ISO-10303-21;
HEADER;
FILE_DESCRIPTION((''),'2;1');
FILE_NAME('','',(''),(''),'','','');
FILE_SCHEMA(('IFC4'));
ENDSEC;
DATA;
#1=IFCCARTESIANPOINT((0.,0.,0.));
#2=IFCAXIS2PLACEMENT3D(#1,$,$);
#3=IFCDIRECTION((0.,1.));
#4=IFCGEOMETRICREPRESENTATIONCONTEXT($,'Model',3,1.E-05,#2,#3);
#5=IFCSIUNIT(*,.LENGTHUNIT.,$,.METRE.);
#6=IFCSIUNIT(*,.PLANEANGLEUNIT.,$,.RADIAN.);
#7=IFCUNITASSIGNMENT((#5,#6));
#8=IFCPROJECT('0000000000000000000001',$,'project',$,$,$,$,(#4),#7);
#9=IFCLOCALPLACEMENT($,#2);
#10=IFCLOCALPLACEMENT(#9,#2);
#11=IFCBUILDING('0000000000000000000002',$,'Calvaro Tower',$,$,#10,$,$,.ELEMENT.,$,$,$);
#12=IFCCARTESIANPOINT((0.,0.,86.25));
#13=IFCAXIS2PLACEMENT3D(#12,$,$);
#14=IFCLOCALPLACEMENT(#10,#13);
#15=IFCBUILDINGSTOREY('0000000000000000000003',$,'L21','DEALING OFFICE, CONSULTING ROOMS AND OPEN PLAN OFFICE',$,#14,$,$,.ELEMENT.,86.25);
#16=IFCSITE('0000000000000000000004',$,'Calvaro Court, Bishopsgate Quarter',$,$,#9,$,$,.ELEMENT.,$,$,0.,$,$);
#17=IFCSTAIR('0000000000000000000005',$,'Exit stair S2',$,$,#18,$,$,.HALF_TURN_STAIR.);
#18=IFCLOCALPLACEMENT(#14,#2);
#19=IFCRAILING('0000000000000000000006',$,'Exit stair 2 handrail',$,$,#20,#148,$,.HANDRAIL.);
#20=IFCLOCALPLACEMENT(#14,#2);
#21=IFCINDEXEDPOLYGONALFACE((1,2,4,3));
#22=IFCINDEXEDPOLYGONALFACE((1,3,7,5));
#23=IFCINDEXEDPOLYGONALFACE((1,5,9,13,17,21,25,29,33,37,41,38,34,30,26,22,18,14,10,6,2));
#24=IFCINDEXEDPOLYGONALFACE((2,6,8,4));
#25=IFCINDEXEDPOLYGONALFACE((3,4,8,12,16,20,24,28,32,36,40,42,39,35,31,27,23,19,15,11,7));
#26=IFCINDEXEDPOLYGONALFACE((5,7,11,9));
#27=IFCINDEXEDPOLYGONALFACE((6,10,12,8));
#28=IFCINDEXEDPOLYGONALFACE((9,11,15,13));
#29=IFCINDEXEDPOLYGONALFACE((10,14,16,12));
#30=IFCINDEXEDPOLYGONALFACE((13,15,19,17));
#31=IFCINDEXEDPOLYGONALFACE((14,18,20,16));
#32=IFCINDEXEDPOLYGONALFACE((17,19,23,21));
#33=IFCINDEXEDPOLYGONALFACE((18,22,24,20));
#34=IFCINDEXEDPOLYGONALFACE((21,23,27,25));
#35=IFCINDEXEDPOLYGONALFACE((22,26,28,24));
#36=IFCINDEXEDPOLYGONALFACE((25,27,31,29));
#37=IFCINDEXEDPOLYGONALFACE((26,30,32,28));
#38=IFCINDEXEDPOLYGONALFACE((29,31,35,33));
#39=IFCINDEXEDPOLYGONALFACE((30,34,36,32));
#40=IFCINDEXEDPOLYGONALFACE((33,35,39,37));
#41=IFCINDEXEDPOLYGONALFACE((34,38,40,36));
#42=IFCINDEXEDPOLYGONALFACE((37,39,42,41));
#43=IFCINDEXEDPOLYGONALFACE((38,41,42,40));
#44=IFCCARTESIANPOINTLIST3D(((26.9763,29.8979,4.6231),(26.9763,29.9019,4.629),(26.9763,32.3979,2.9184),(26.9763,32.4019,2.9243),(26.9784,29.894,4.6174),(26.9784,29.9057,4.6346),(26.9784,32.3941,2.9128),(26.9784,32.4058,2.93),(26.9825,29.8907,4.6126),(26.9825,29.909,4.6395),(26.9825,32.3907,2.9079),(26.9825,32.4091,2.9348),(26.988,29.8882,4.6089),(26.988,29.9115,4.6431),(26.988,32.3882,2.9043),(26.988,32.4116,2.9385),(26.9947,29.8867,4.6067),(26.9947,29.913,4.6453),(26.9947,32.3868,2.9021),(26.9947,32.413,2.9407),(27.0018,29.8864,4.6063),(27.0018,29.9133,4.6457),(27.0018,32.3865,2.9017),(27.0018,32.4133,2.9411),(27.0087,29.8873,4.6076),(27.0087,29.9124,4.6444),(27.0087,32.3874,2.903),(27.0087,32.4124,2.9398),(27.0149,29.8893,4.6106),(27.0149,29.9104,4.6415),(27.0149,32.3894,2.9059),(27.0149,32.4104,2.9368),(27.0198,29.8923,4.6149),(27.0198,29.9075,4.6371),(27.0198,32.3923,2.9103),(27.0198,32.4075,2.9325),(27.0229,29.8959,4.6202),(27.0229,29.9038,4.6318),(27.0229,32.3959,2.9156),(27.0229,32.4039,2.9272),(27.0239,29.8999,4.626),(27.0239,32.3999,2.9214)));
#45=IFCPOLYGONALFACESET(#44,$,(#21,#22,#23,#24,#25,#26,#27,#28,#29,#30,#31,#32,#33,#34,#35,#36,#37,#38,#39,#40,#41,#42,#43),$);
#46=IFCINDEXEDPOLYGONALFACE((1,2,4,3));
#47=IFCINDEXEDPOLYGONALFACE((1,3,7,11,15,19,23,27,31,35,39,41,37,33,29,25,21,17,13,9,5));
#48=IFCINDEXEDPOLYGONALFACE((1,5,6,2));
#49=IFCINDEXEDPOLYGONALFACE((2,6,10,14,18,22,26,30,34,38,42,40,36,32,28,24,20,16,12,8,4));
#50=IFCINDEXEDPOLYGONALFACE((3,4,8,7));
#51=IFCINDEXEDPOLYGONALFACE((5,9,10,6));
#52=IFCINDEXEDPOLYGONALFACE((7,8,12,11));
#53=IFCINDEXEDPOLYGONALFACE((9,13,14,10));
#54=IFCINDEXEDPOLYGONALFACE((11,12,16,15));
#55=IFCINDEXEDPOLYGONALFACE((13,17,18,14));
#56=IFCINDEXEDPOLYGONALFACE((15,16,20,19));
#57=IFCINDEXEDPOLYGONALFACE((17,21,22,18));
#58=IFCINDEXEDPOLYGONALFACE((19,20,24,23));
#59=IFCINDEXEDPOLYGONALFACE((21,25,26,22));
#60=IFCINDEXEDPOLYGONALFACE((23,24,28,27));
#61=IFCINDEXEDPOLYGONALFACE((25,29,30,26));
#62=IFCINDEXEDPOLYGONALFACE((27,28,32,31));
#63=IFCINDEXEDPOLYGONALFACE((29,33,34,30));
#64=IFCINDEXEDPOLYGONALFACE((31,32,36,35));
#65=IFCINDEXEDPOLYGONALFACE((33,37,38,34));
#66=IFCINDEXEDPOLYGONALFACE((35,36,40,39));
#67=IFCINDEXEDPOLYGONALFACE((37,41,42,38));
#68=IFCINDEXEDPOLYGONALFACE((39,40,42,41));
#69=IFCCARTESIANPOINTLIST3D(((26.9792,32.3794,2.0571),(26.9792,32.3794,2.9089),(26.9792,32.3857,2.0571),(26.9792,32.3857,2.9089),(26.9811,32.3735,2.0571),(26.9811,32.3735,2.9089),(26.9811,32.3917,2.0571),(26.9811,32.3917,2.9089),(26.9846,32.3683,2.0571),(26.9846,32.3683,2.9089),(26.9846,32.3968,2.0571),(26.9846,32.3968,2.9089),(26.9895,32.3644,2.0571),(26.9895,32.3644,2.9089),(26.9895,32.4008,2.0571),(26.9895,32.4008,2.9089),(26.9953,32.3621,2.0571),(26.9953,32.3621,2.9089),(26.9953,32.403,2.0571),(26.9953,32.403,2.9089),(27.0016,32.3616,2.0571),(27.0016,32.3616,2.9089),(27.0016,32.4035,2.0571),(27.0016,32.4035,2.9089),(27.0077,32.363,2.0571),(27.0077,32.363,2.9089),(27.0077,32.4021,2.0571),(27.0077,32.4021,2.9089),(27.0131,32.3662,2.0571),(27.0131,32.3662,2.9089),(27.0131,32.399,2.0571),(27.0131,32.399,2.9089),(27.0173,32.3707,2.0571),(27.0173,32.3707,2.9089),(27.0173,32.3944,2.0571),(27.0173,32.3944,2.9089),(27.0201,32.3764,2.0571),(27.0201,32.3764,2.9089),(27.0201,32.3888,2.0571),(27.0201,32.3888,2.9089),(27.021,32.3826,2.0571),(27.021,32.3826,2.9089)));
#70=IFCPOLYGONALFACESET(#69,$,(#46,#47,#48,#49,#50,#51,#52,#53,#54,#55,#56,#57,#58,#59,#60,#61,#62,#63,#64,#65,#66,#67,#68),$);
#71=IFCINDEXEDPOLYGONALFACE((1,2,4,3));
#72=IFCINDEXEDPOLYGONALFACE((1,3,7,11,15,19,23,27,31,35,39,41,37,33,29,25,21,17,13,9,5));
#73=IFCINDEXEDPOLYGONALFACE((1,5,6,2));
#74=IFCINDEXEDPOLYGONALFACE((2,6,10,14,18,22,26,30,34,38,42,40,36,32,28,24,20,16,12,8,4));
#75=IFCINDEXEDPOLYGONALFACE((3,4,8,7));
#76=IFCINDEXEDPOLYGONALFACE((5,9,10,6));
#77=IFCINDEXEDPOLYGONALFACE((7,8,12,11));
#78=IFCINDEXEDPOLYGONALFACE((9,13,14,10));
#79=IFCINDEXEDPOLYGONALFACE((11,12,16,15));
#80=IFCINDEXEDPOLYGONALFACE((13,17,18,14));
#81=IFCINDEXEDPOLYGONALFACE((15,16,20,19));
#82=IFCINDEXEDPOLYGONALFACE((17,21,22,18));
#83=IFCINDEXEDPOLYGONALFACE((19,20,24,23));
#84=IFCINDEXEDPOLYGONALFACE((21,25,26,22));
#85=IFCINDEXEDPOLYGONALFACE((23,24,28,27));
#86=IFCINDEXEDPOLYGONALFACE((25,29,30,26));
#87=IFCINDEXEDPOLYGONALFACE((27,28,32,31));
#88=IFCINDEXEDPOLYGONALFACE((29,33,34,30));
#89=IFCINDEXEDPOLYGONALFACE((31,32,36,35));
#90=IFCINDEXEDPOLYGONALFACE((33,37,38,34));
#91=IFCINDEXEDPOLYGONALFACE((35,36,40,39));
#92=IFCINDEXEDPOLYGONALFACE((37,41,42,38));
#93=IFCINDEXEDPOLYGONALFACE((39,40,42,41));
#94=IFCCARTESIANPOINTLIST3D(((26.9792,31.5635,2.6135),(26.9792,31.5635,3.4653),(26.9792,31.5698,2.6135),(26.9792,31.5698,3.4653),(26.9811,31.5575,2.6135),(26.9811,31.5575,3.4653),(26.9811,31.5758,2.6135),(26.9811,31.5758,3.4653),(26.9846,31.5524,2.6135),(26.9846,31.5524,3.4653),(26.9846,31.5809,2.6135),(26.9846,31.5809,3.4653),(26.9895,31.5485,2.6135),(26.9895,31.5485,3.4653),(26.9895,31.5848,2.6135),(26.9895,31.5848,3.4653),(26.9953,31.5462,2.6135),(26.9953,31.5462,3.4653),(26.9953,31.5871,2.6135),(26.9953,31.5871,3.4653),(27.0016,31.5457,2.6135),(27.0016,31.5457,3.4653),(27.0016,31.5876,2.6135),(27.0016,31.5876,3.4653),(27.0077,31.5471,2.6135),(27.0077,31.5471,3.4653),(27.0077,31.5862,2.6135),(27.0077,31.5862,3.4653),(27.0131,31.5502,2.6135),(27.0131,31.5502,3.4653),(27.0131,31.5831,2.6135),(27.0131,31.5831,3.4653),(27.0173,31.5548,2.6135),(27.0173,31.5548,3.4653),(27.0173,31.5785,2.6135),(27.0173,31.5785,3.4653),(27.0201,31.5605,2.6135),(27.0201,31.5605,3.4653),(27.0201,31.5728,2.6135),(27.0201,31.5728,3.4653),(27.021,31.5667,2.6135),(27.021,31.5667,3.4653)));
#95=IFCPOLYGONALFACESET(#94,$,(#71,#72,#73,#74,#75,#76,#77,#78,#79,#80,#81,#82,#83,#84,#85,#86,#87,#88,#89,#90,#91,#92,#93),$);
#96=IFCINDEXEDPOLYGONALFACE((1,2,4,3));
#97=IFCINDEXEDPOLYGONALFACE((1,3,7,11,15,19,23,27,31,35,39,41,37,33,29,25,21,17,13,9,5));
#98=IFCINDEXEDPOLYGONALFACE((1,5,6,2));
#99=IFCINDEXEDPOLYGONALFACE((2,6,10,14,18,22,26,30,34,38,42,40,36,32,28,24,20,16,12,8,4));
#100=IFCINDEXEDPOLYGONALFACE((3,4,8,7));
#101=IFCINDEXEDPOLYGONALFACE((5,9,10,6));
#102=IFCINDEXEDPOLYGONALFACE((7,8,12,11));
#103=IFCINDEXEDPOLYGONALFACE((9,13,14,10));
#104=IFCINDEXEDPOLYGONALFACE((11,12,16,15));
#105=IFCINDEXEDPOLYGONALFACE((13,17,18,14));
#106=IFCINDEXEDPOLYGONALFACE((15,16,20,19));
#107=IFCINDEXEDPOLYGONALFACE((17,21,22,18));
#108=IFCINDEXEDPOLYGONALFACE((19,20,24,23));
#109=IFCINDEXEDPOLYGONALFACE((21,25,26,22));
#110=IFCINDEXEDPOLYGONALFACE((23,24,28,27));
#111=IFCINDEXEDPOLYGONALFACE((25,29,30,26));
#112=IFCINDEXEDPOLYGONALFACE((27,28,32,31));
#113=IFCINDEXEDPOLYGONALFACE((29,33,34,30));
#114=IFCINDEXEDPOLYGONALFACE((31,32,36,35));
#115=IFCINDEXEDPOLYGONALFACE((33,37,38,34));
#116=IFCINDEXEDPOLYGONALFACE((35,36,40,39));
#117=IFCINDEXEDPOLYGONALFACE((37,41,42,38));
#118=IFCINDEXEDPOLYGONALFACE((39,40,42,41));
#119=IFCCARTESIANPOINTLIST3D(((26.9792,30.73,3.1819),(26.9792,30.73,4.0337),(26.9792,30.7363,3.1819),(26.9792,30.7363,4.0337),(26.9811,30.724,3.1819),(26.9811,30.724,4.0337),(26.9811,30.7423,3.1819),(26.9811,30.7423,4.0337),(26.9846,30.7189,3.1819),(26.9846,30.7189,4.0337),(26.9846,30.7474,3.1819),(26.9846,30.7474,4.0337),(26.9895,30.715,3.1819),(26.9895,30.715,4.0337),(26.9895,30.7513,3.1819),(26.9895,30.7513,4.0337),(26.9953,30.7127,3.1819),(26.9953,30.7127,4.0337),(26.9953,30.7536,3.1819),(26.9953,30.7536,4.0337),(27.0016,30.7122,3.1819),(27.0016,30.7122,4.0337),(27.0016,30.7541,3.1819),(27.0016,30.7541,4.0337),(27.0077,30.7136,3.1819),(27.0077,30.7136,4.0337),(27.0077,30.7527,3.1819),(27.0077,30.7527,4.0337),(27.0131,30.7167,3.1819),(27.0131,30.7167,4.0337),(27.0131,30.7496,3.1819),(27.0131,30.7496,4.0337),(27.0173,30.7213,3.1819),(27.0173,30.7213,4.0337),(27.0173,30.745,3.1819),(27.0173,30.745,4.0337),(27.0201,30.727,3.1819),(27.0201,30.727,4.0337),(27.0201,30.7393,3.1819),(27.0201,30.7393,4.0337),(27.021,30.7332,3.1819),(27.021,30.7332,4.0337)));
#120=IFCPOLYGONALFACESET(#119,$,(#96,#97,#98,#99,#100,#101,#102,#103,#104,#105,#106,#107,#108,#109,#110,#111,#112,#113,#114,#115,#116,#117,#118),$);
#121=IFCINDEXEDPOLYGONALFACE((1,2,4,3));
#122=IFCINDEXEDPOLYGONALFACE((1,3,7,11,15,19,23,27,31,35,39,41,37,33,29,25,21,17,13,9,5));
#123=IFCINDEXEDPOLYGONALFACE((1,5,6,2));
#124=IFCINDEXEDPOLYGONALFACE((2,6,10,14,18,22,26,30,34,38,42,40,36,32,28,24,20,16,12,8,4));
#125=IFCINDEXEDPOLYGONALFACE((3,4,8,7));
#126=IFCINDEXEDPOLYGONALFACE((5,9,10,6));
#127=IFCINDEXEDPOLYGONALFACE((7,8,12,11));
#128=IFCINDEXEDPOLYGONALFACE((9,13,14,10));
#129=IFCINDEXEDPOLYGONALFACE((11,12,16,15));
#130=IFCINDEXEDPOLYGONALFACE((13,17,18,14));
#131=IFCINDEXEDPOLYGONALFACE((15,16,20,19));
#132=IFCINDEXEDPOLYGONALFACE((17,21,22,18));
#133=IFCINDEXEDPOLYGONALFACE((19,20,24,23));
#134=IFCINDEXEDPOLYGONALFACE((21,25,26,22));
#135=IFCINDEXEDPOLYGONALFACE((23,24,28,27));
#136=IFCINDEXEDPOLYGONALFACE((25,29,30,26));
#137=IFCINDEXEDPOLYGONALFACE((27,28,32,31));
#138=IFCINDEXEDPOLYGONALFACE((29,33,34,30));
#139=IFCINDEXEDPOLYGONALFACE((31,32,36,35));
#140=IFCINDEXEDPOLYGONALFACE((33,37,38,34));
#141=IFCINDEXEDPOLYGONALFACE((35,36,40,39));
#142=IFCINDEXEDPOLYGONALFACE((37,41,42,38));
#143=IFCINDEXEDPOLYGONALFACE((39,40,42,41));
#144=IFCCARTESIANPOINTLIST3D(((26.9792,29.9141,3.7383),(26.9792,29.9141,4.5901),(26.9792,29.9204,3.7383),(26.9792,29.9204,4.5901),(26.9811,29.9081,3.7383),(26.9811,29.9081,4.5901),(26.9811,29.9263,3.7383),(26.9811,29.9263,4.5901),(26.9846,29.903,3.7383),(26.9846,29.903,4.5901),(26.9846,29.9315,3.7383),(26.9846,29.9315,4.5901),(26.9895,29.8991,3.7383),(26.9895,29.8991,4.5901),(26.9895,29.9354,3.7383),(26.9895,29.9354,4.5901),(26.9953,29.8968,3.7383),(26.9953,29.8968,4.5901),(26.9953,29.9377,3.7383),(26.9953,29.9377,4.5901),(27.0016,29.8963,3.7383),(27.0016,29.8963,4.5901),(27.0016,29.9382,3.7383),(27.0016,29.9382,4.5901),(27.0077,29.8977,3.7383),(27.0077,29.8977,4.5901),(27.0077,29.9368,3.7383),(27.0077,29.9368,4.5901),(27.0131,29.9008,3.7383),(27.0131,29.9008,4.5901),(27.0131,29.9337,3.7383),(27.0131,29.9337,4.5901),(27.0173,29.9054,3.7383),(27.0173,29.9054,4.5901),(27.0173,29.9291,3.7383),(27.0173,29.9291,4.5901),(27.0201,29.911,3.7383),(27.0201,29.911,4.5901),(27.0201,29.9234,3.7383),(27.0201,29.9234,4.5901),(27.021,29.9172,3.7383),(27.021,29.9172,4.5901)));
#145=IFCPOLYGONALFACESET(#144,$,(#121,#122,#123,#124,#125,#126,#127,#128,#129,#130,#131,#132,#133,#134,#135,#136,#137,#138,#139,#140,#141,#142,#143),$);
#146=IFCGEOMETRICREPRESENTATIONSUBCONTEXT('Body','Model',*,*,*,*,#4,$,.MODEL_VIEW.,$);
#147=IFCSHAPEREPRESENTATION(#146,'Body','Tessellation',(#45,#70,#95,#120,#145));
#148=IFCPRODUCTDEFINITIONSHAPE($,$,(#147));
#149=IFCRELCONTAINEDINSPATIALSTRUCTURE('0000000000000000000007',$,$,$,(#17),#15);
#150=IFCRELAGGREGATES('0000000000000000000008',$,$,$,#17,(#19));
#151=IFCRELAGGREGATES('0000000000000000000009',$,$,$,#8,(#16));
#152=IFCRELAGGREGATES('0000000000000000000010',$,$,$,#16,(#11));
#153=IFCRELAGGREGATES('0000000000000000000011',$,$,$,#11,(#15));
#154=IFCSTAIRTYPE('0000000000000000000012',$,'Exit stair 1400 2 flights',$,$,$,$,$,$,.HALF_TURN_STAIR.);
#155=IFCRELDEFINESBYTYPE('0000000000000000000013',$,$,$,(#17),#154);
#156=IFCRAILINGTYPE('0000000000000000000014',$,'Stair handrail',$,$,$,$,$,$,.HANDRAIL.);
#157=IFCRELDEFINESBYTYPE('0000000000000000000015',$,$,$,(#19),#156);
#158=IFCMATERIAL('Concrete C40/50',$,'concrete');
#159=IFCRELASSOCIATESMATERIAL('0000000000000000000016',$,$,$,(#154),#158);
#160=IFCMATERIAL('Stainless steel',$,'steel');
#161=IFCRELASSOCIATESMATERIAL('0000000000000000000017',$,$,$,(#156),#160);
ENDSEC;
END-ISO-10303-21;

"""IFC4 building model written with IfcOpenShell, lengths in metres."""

from ifc_helpers import new_model, si_unit, direction, frame, origin, origin_2d, place, context, subcontext, project, spatial, circle, extrude, material, type_object, element, aggregate, save


model = new_model("IFC4")

# Units and contexts
model_context = context("Model", 3, precision=1e-05, world=origin(), true_north=direction((0.0, 1.0)))
body_context = subcontext(model_context, "Body", "Model", "MODEL_VIEW")
ifc_project = project(units=[si_unit("LENGTHUNIT", "METRE"), si_unit("PLANEANGLEUNIT", "RADIAN")], contexts=[model_context])

# Site, building, storey
site_placement = place(None, origin())
site = spatial("IfcSite", under=ifc_project, at=site_placement, Name="Calvaro Court, Bishopsgate Quarter", CompositionType="ELEMENT", RefElevation=0.0)
building_placement = place(site_placement, origin())
building = spatial("IfcBuilding", under=site, at=building_placement, Name="Calvaro Tower", CompositionType="ELEMENT")
storey_placement = place(building_placement, frame((0.0, 0.0, 86.25)))
storey = spatial("IfcBuildingStorey", under=building, at=storey_placement, Name="L21", Description="DEALING OFFICE, CONSULTING ROOMS AND OPEN PLAN OFFICE", CompositionType="ELEMENT", Elevation=86.25)

# Stair, railing
ifc_material_1 = material(Name="Concrete C40/50", Category="concrete")
stair_type = type_object("IfcStairType", Name="Exit stair 1400 2 flights", PredefinedType="HALF_TURN_STAIR", material=ifc_material_1)
stair_placement = place(storey_placement, origin())
stair = element("IfcStair", 1, at=stair_placement, inside=storey, type_object=stair_type, Name="Exit stair S2", PredefinedType="HALF_TURN_STAIR")
ifc_material_2 = material(Name="Stainless steel", Category="steel")
railing_type = type_object("IfcRailingType", Name="Stair handrail", PredefinedType="HANDRAIL", material=ifc_material_2)
railing_1_placement = place(storey_placement, frame((27.0, 32.3999, 2.0454)))
railing_1 = element("IfcRailing", 2, at=railing_1_placement, type_object=railing_type, Name="Exit stair 2 handrail", PredefinedType="HANDRAIL", context=body_context, shape_type="SweptSolid", body=[
    extrude(circle(Radius=0.0239, at=origin_2d()), frame((0.0, 0.0, 0.876), z_axis=(0.0, -0.826221, 0.563347), x_axis=(1.0, 0.0, 0.0)), (0.0, 0.0, 1.0), 3.0259),
    extrude(circle(Radius=0.021, at=origin_2d()), frame((0.0, -0.0173, 0.0117)), (0.0, 0.0, 1.0), 0.8518),
    extrude(circle(Radius=0.021, at=origin_2d()), frame((0.0, -0.8333, 0.5681)), (0.0, 0.0, 1.0), 0.8518),
    extrude(circle(Radius=0.021, at=origin_2d()), frame((0.0, -1.6667, 1.1365)), (0.0, 0.0, 1.0), 0.8518),
    extrude(circle(Radius=0.021, at=origin_2d()), frame((0.0, -2.4827, 1.6929)), (0.0, 0.0, 1.0), 0.8518),
])
aggregate(stair, [railing_1])

save(model, "model.ifc")
